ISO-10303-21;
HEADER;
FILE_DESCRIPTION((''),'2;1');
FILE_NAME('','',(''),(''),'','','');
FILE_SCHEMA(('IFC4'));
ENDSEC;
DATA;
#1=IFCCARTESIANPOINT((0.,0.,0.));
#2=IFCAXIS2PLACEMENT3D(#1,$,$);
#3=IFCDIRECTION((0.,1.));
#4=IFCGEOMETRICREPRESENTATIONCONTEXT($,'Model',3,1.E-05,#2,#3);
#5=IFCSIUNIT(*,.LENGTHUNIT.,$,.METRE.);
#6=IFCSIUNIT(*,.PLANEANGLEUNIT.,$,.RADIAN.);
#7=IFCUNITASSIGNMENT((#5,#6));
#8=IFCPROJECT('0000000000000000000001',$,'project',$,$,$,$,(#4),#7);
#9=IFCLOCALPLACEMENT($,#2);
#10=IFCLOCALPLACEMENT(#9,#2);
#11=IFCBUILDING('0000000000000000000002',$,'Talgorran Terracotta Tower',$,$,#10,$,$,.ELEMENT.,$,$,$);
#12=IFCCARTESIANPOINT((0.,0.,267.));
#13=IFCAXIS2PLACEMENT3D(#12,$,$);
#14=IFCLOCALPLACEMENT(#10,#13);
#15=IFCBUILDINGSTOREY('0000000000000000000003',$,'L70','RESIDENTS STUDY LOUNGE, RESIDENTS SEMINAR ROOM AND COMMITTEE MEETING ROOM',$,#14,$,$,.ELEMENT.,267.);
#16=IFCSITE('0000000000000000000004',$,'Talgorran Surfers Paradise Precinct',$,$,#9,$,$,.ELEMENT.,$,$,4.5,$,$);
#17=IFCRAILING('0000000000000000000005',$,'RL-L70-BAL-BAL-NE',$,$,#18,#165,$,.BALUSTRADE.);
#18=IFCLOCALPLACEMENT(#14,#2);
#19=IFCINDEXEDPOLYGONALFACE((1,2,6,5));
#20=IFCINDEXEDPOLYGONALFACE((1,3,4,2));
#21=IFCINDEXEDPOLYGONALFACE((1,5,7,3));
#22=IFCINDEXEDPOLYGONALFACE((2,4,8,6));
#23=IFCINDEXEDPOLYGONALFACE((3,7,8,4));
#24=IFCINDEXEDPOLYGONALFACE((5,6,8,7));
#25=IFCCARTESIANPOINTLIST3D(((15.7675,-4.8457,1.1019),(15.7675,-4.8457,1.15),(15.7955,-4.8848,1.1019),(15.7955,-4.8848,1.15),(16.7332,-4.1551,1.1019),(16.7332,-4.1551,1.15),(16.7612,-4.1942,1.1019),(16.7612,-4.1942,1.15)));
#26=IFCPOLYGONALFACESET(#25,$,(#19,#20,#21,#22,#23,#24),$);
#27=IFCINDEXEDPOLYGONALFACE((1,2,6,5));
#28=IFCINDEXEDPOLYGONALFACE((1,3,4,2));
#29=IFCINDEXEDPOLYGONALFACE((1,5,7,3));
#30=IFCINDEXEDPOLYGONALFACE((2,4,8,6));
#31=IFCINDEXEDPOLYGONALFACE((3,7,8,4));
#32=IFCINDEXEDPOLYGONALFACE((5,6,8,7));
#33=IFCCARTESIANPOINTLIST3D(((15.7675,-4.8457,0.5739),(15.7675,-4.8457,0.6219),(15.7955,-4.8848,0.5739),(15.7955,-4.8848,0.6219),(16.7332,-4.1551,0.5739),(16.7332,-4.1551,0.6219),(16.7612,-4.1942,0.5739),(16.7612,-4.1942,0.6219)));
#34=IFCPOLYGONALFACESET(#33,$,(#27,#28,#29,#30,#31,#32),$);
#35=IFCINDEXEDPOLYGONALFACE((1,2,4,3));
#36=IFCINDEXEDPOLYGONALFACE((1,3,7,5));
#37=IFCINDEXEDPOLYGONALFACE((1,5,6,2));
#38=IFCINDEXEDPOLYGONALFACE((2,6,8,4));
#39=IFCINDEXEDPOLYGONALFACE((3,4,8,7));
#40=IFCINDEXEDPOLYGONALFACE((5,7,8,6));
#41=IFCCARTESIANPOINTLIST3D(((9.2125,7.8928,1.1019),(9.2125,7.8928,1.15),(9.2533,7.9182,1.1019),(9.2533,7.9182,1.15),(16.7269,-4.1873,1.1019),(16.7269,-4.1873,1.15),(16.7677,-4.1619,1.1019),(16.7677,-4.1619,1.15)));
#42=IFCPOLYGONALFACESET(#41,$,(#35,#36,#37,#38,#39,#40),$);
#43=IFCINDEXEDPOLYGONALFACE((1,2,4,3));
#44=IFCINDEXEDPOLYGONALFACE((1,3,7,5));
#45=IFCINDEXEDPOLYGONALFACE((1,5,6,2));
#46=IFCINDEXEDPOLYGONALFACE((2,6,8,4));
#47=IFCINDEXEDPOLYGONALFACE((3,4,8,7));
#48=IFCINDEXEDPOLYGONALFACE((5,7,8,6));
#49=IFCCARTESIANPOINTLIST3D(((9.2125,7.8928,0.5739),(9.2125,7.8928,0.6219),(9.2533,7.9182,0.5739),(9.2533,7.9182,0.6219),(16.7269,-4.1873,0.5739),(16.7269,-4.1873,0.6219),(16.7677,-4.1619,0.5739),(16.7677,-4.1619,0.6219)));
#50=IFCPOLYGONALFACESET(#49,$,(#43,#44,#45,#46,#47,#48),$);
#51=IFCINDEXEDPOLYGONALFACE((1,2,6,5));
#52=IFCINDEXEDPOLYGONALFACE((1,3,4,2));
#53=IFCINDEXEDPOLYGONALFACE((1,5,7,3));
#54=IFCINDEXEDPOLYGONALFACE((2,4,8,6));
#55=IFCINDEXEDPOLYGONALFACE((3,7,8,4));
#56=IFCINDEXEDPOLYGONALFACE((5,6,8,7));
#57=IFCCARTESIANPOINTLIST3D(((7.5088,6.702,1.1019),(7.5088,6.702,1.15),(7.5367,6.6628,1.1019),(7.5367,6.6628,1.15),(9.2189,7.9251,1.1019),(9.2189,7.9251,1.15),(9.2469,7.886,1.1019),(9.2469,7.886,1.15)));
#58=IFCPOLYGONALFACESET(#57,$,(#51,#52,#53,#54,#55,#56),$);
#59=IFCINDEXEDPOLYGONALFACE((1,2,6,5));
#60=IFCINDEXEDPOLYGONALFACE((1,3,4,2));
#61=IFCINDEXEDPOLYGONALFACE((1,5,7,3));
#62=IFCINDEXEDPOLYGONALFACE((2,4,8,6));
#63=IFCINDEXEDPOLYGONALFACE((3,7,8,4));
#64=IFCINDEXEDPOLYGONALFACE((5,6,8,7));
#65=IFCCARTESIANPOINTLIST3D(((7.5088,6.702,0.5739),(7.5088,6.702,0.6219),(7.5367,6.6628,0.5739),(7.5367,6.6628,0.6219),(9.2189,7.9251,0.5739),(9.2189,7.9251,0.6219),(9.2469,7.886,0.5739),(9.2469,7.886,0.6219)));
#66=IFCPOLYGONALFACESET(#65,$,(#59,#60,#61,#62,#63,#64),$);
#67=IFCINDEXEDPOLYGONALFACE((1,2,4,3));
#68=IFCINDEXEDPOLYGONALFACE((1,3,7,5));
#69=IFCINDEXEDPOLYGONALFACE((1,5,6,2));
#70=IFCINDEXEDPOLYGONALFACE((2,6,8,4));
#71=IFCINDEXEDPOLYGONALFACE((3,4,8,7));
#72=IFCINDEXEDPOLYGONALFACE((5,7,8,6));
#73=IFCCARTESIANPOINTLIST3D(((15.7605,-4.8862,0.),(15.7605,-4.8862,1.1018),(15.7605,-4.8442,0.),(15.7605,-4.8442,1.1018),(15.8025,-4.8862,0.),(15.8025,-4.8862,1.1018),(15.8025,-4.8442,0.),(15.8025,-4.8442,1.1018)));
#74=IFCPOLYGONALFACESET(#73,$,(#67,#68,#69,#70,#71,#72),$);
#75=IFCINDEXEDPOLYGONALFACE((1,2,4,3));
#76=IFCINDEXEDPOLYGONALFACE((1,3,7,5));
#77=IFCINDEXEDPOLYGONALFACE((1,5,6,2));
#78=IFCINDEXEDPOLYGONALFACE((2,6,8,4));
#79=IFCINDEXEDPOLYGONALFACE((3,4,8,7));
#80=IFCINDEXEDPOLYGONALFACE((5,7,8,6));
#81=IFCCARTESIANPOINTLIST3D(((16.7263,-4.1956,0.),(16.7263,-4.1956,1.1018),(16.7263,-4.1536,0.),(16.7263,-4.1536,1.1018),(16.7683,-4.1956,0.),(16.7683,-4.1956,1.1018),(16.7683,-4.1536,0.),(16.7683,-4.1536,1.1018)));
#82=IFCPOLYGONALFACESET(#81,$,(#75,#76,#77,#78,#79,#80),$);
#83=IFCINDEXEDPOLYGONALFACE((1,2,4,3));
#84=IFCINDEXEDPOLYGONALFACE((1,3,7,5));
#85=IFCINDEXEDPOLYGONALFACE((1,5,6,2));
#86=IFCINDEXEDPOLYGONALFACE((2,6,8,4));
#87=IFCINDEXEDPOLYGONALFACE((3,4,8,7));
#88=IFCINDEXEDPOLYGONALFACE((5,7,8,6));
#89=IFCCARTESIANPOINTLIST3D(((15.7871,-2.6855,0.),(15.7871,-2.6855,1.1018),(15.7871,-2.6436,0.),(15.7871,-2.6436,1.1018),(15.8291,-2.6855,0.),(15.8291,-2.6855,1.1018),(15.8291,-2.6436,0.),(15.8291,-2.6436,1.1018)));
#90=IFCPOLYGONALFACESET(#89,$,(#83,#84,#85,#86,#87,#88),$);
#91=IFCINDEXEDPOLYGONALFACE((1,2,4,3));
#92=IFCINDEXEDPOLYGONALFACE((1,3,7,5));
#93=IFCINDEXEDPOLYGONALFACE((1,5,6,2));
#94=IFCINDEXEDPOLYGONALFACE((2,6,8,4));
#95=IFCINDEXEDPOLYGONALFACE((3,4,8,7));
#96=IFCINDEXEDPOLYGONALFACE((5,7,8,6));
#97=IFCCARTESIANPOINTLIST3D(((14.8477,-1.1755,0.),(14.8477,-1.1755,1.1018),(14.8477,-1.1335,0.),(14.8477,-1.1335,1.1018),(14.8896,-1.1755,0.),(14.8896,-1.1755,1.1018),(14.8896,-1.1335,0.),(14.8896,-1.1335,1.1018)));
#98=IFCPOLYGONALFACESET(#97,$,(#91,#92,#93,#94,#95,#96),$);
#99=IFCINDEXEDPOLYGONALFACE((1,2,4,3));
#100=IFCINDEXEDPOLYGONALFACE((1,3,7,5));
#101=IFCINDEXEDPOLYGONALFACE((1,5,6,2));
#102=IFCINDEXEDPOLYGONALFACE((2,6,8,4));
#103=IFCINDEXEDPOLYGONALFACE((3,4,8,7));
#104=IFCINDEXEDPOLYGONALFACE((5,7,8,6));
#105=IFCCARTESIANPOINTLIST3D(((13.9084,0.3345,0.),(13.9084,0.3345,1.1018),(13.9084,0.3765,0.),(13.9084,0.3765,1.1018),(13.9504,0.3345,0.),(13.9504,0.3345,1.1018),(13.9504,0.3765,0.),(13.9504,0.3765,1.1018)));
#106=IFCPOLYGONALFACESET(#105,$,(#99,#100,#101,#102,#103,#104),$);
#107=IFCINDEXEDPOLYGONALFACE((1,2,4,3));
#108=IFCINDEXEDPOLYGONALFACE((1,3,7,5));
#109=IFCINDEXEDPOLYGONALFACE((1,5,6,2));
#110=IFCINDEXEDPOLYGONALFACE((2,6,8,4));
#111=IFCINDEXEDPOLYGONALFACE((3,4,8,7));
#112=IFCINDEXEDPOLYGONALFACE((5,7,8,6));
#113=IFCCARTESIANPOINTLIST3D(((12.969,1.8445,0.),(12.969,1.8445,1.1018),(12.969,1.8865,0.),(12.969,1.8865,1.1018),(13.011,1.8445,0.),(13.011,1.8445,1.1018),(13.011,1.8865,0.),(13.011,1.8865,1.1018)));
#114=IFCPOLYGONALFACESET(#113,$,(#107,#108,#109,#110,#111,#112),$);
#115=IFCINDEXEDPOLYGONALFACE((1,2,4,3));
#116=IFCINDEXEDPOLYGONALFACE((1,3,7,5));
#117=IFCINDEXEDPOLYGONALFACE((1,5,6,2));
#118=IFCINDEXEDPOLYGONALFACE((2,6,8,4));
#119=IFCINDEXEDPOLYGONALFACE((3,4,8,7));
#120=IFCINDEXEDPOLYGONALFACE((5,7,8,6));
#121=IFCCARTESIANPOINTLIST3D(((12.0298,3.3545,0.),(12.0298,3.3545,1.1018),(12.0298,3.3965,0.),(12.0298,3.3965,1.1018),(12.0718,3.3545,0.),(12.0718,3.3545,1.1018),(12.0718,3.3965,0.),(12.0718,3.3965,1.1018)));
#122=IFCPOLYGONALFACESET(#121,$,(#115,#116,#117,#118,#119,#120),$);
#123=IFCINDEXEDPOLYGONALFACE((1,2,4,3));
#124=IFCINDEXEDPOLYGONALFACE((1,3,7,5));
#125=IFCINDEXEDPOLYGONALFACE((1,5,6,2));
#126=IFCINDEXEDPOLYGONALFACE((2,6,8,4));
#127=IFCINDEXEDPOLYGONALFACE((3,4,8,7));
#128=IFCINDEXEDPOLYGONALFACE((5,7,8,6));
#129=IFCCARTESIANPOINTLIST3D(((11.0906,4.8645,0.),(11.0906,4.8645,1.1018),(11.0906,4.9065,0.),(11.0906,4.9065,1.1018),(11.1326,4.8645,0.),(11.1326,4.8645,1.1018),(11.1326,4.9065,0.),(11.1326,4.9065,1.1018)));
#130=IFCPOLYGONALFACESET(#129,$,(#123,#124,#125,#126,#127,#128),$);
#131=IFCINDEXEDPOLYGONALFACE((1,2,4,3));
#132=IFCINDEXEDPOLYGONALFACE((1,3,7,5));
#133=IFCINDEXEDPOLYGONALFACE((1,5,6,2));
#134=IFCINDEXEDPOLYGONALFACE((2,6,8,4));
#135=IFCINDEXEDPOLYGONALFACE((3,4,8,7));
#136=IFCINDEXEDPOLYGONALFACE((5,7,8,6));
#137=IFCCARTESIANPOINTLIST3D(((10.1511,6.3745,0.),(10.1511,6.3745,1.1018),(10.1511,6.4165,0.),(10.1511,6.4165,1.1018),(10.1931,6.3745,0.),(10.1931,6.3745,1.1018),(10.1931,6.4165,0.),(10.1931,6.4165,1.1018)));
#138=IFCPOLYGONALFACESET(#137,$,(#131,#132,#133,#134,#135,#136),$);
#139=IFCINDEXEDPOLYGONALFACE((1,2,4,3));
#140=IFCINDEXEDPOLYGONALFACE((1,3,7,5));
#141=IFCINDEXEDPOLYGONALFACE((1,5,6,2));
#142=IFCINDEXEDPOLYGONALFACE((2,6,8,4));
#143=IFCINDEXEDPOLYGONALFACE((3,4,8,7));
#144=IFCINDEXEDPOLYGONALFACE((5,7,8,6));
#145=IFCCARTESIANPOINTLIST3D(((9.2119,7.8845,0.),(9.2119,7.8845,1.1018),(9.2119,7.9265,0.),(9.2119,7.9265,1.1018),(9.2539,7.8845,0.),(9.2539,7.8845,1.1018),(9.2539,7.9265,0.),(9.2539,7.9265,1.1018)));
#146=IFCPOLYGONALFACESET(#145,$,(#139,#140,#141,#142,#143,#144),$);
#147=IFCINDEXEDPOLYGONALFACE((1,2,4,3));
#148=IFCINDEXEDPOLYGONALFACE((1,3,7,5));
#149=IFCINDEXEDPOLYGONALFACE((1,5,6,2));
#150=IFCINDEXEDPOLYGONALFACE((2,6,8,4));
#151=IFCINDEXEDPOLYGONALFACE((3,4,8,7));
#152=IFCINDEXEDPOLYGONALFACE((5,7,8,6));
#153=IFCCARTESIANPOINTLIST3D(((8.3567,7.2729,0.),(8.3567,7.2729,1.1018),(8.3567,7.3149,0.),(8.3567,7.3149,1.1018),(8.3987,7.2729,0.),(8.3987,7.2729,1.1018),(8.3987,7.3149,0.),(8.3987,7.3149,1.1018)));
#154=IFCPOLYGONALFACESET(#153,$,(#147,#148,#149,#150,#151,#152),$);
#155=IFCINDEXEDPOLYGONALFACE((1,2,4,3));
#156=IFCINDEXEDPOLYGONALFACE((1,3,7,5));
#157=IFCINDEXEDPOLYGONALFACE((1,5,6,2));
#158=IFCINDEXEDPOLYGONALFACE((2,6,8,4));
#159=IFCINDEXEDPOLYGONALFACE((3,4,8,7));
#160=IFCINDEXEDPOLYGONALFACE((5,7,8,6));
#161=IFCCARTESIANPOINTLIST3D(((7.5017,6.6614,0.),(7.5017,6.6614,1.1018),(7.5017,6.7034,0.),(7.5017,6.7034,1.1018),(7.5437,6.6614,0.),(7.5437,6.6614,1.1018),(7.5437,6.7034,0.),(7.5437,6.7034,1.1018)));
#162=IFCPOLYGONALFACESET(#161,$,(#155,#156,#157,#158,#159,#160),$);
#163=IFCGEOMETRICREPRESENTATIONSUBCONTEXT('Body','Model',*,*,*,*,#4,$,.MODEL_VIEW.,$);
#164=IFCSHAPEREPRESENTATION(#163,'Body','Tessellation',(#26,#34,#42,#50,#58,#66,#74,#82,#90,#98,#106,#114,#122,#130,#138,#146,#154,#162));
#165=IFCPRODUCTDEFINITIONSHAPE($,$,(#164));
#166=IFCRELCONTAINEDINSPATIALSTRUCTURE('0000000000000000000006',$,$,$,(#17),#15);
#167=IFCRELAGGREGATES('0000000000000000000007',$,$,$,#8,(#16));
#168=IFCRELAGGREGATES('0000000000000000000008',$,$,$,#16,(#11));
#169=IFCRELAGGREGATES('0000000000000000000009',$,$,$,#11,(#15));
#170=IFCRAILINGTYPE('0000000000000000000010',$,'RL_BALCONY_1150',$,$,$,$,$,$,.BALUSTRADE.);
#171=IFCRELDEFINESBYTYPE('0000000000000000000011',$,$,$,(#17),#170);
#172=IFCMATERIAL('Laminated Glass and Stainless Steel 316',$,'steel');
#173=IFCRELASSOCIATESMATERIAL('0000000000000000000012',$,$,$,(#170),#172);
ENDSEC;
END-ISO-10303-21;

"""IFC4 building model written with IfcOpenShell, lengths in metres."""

from ifc_helpers import new_model, si_unit, direction, frame, origin, origin_2d, place, context, subcontext, project, spatial, rectangle, extrude, material, type_object, element, save


model = new_model("IFC4")

# Units and contexts
model_context = context("Model", 3, precision=1e-05, world=origin(), true_north=direction((0.0, 1.0)))
body_context = subcontext(model_context, "Body", "Model", "MODEL_VIEW")
ifc_project = project(units=[si_unit("LENGTHUNIT", "METRE"), si_unit("PLANEANGLEUNIT", "RADIAN")], contexts=[model_context])

# Site, building, storey
site_placement = place(None, origin())
site = spatial("IfcSite", under=ifc_project, at=site_placement, Name="Talgorran Surfers Paradise Precinct", CompositionType="ELEMENT", RefElevation=4.5)
building_placement = place(site_placement, origin())
building = spatial("IfcBuilding", under=site, at=building_placement, Name="Talgorran Terracotta Tower", CompositionType="ELEMENT")
storey_placement = place(building_placement, frame((0.0, 0.0, 267.0)))
storey = spatial("IfcBuildingStorey", under=building, at=storey_placement, Name="L70", Description="RESIDENTS STUDY LOUNGE, RESIDENTS SEMINAR ROOM AND COMMITTEE MEETING ROOM", CompositionType="ELEMENT", Elevation=267.0)

# Railing
ifc_material_1 = material(Name="Laminated Glass and Stainless Steel 316", Category="steel")
railing_type = type_object("IfcRailingType", Name="RL_BALCONY_1150", PredefinedType="BALUSTRADE", material=ifc_material_1)
railing_placement = place(storey_placement, frame((15.7815, -4.8652, 0.0)))
element("IfcRailing", 1, at=railing_placement, inside=storey, type_object=railing_type, Name="RL-L70-BAL-BAL-NE", PredefinedType="BALUSTRADE", context=body_context, shape_type="SweptSolid", body=[
    extrude(rectangle(XDim=0.0481, YDim=0.0481, at=origin_2d()), frame((0.0, 0.0, 1.126), z_axis=(0.813414, 0.581685, 0.0), x_axis=(-0.581685, 0.813414, 0.0)), (0.0, 0.0, 1.0), 1.1873),
    extrude(rectangle(XDim=0.0481, YDim=0.0481, at=origin_2d()), frame((0.0, 0.0, 0.5979), z_axis=(0.813414, 0.581685, 0.0), x_axis=(-0.581685, 0.813414, 0.0)), (0.0, 0.0, 1.0), 1.1873),
    extrude(rectangle(XDim=0.0481, YDim=0.0481, at=origin_2d()), frame((0.9658, 0.6907, 1.126), z_axis=(-0.528196, 0.849122, 0.0), x_axis=(-0.849122, -0.528196, 0.0)), (0.0, 0.0, 1.0), 14.2266),
    extrude(rectangle(XDim=0.0481, YDim=0.0481, at=origin_2d()), frame((0.9658, 0.6907, 0.5979), z_axis=(-0.528196, 0.849122, 0.0), x_axis=(-0.849122, -0.528196, 0.0)), (0.0, 0.0, 1.0), 14.2266),
    extrude(rectangle(XDim=0.0481, YDim=0.0481, at=origin_2d()), frame((-6.5486, 12.7708, 1.126), z_axis=(-0.81338, -0.581732, 0.0), x_axis=(0.581732, -0.81338, 0.0)), (0.0, 0.0, 1.0), 2.1025),
    extrude(rectangle(XDim=0.0481, YDim=0.0481, at=origin_2d()), frame((-6.5486, 12.7708, 0.5979), z_axis=(-0.81338, -0.581732, 0.0), x_axis=(0.581732, -0.81338, 0.0)), (0.0, 0.0, 1.0), 2.1025),
    extrude(rectangle(XDim=0.042, YDim=0.042, at=origin_2d()), origin(), (0.0, 0.0, 1.0), 1.1018),
    extrude(rectangle(XDim=0.042, YDim=0.042, at=origin_2d()), frame((0.9658, 0.6907, 0.0)), (0.0, 0.0, 1.0), 1.1018),
    extrude(rectangle(XDim=0.042, YDim=0.042, at=origin_2d()), frame((0.0266, 2.2007, 0.0)), (0.0, 0.0, 1.0), 1.1018),
    extrude(rectangle(XDim=0.042, YDim=0.042, at=origin_2d()), frame((-0.9128, 3.7107, 0.0)), (0.0, 0.0, 1.0), 1.1018),
    extrude(rectangle(XDim=0.042, YDim=0.042, at=origin_2d()), frame((-1.8521, 5.2207, 0.0)), (0.0, 0.0, 1.0), 1.1018),
    extrude(rectangle(XDim=0.042, YDim=0.042, at=origin_2d()), frame((-2.7915, 6.7307, 0.0)), (0.0, 0.0, 1.0), 1.1018),
    extrude(rectangle(XDim=0.042, YDim=0.042, at=origin_2d()), frame((-3.7307, 8.2407, 0.0)), (0.0, 0.0, 1.0), 1.1018),
    extrude(rectangle(XDim=0.042, YDim=0.042, at=origin_2d()), frame((-4.6699, 9.7507, 0.0)), (0.0, 0.0, 1.0), 1.1018),
    extrude(rectangle(XDim=0.042, YDim=0.042, at=origin_2d()), frame((-5.6094, 11.2607, 0.0)), (0.0, 0.0, 1.0), 1.1018),
    extrude(rectangle(XDim=0.042, YDim=0.042, at=origin_2d()), frame((-6.5486, 12.7708, 0.0)), (0.0, 0.0, 1.0), 1.1018),
    extrude(rectangle(XDim=0.042, YDim=0.042, at=origin_2d()), frame((-7.4038, 12.1592, 0.0)), (0.0, 0.0, 1.0), 1.1018),
    extrude(rectangle(XDim=0.042, YDim=0.042, at=origin_2d()), frame((-8.2588, 11.5476, 0.0)), (0.0, 0.0, 1.0), 1.1018),
])

save(model, "model.ifc")
